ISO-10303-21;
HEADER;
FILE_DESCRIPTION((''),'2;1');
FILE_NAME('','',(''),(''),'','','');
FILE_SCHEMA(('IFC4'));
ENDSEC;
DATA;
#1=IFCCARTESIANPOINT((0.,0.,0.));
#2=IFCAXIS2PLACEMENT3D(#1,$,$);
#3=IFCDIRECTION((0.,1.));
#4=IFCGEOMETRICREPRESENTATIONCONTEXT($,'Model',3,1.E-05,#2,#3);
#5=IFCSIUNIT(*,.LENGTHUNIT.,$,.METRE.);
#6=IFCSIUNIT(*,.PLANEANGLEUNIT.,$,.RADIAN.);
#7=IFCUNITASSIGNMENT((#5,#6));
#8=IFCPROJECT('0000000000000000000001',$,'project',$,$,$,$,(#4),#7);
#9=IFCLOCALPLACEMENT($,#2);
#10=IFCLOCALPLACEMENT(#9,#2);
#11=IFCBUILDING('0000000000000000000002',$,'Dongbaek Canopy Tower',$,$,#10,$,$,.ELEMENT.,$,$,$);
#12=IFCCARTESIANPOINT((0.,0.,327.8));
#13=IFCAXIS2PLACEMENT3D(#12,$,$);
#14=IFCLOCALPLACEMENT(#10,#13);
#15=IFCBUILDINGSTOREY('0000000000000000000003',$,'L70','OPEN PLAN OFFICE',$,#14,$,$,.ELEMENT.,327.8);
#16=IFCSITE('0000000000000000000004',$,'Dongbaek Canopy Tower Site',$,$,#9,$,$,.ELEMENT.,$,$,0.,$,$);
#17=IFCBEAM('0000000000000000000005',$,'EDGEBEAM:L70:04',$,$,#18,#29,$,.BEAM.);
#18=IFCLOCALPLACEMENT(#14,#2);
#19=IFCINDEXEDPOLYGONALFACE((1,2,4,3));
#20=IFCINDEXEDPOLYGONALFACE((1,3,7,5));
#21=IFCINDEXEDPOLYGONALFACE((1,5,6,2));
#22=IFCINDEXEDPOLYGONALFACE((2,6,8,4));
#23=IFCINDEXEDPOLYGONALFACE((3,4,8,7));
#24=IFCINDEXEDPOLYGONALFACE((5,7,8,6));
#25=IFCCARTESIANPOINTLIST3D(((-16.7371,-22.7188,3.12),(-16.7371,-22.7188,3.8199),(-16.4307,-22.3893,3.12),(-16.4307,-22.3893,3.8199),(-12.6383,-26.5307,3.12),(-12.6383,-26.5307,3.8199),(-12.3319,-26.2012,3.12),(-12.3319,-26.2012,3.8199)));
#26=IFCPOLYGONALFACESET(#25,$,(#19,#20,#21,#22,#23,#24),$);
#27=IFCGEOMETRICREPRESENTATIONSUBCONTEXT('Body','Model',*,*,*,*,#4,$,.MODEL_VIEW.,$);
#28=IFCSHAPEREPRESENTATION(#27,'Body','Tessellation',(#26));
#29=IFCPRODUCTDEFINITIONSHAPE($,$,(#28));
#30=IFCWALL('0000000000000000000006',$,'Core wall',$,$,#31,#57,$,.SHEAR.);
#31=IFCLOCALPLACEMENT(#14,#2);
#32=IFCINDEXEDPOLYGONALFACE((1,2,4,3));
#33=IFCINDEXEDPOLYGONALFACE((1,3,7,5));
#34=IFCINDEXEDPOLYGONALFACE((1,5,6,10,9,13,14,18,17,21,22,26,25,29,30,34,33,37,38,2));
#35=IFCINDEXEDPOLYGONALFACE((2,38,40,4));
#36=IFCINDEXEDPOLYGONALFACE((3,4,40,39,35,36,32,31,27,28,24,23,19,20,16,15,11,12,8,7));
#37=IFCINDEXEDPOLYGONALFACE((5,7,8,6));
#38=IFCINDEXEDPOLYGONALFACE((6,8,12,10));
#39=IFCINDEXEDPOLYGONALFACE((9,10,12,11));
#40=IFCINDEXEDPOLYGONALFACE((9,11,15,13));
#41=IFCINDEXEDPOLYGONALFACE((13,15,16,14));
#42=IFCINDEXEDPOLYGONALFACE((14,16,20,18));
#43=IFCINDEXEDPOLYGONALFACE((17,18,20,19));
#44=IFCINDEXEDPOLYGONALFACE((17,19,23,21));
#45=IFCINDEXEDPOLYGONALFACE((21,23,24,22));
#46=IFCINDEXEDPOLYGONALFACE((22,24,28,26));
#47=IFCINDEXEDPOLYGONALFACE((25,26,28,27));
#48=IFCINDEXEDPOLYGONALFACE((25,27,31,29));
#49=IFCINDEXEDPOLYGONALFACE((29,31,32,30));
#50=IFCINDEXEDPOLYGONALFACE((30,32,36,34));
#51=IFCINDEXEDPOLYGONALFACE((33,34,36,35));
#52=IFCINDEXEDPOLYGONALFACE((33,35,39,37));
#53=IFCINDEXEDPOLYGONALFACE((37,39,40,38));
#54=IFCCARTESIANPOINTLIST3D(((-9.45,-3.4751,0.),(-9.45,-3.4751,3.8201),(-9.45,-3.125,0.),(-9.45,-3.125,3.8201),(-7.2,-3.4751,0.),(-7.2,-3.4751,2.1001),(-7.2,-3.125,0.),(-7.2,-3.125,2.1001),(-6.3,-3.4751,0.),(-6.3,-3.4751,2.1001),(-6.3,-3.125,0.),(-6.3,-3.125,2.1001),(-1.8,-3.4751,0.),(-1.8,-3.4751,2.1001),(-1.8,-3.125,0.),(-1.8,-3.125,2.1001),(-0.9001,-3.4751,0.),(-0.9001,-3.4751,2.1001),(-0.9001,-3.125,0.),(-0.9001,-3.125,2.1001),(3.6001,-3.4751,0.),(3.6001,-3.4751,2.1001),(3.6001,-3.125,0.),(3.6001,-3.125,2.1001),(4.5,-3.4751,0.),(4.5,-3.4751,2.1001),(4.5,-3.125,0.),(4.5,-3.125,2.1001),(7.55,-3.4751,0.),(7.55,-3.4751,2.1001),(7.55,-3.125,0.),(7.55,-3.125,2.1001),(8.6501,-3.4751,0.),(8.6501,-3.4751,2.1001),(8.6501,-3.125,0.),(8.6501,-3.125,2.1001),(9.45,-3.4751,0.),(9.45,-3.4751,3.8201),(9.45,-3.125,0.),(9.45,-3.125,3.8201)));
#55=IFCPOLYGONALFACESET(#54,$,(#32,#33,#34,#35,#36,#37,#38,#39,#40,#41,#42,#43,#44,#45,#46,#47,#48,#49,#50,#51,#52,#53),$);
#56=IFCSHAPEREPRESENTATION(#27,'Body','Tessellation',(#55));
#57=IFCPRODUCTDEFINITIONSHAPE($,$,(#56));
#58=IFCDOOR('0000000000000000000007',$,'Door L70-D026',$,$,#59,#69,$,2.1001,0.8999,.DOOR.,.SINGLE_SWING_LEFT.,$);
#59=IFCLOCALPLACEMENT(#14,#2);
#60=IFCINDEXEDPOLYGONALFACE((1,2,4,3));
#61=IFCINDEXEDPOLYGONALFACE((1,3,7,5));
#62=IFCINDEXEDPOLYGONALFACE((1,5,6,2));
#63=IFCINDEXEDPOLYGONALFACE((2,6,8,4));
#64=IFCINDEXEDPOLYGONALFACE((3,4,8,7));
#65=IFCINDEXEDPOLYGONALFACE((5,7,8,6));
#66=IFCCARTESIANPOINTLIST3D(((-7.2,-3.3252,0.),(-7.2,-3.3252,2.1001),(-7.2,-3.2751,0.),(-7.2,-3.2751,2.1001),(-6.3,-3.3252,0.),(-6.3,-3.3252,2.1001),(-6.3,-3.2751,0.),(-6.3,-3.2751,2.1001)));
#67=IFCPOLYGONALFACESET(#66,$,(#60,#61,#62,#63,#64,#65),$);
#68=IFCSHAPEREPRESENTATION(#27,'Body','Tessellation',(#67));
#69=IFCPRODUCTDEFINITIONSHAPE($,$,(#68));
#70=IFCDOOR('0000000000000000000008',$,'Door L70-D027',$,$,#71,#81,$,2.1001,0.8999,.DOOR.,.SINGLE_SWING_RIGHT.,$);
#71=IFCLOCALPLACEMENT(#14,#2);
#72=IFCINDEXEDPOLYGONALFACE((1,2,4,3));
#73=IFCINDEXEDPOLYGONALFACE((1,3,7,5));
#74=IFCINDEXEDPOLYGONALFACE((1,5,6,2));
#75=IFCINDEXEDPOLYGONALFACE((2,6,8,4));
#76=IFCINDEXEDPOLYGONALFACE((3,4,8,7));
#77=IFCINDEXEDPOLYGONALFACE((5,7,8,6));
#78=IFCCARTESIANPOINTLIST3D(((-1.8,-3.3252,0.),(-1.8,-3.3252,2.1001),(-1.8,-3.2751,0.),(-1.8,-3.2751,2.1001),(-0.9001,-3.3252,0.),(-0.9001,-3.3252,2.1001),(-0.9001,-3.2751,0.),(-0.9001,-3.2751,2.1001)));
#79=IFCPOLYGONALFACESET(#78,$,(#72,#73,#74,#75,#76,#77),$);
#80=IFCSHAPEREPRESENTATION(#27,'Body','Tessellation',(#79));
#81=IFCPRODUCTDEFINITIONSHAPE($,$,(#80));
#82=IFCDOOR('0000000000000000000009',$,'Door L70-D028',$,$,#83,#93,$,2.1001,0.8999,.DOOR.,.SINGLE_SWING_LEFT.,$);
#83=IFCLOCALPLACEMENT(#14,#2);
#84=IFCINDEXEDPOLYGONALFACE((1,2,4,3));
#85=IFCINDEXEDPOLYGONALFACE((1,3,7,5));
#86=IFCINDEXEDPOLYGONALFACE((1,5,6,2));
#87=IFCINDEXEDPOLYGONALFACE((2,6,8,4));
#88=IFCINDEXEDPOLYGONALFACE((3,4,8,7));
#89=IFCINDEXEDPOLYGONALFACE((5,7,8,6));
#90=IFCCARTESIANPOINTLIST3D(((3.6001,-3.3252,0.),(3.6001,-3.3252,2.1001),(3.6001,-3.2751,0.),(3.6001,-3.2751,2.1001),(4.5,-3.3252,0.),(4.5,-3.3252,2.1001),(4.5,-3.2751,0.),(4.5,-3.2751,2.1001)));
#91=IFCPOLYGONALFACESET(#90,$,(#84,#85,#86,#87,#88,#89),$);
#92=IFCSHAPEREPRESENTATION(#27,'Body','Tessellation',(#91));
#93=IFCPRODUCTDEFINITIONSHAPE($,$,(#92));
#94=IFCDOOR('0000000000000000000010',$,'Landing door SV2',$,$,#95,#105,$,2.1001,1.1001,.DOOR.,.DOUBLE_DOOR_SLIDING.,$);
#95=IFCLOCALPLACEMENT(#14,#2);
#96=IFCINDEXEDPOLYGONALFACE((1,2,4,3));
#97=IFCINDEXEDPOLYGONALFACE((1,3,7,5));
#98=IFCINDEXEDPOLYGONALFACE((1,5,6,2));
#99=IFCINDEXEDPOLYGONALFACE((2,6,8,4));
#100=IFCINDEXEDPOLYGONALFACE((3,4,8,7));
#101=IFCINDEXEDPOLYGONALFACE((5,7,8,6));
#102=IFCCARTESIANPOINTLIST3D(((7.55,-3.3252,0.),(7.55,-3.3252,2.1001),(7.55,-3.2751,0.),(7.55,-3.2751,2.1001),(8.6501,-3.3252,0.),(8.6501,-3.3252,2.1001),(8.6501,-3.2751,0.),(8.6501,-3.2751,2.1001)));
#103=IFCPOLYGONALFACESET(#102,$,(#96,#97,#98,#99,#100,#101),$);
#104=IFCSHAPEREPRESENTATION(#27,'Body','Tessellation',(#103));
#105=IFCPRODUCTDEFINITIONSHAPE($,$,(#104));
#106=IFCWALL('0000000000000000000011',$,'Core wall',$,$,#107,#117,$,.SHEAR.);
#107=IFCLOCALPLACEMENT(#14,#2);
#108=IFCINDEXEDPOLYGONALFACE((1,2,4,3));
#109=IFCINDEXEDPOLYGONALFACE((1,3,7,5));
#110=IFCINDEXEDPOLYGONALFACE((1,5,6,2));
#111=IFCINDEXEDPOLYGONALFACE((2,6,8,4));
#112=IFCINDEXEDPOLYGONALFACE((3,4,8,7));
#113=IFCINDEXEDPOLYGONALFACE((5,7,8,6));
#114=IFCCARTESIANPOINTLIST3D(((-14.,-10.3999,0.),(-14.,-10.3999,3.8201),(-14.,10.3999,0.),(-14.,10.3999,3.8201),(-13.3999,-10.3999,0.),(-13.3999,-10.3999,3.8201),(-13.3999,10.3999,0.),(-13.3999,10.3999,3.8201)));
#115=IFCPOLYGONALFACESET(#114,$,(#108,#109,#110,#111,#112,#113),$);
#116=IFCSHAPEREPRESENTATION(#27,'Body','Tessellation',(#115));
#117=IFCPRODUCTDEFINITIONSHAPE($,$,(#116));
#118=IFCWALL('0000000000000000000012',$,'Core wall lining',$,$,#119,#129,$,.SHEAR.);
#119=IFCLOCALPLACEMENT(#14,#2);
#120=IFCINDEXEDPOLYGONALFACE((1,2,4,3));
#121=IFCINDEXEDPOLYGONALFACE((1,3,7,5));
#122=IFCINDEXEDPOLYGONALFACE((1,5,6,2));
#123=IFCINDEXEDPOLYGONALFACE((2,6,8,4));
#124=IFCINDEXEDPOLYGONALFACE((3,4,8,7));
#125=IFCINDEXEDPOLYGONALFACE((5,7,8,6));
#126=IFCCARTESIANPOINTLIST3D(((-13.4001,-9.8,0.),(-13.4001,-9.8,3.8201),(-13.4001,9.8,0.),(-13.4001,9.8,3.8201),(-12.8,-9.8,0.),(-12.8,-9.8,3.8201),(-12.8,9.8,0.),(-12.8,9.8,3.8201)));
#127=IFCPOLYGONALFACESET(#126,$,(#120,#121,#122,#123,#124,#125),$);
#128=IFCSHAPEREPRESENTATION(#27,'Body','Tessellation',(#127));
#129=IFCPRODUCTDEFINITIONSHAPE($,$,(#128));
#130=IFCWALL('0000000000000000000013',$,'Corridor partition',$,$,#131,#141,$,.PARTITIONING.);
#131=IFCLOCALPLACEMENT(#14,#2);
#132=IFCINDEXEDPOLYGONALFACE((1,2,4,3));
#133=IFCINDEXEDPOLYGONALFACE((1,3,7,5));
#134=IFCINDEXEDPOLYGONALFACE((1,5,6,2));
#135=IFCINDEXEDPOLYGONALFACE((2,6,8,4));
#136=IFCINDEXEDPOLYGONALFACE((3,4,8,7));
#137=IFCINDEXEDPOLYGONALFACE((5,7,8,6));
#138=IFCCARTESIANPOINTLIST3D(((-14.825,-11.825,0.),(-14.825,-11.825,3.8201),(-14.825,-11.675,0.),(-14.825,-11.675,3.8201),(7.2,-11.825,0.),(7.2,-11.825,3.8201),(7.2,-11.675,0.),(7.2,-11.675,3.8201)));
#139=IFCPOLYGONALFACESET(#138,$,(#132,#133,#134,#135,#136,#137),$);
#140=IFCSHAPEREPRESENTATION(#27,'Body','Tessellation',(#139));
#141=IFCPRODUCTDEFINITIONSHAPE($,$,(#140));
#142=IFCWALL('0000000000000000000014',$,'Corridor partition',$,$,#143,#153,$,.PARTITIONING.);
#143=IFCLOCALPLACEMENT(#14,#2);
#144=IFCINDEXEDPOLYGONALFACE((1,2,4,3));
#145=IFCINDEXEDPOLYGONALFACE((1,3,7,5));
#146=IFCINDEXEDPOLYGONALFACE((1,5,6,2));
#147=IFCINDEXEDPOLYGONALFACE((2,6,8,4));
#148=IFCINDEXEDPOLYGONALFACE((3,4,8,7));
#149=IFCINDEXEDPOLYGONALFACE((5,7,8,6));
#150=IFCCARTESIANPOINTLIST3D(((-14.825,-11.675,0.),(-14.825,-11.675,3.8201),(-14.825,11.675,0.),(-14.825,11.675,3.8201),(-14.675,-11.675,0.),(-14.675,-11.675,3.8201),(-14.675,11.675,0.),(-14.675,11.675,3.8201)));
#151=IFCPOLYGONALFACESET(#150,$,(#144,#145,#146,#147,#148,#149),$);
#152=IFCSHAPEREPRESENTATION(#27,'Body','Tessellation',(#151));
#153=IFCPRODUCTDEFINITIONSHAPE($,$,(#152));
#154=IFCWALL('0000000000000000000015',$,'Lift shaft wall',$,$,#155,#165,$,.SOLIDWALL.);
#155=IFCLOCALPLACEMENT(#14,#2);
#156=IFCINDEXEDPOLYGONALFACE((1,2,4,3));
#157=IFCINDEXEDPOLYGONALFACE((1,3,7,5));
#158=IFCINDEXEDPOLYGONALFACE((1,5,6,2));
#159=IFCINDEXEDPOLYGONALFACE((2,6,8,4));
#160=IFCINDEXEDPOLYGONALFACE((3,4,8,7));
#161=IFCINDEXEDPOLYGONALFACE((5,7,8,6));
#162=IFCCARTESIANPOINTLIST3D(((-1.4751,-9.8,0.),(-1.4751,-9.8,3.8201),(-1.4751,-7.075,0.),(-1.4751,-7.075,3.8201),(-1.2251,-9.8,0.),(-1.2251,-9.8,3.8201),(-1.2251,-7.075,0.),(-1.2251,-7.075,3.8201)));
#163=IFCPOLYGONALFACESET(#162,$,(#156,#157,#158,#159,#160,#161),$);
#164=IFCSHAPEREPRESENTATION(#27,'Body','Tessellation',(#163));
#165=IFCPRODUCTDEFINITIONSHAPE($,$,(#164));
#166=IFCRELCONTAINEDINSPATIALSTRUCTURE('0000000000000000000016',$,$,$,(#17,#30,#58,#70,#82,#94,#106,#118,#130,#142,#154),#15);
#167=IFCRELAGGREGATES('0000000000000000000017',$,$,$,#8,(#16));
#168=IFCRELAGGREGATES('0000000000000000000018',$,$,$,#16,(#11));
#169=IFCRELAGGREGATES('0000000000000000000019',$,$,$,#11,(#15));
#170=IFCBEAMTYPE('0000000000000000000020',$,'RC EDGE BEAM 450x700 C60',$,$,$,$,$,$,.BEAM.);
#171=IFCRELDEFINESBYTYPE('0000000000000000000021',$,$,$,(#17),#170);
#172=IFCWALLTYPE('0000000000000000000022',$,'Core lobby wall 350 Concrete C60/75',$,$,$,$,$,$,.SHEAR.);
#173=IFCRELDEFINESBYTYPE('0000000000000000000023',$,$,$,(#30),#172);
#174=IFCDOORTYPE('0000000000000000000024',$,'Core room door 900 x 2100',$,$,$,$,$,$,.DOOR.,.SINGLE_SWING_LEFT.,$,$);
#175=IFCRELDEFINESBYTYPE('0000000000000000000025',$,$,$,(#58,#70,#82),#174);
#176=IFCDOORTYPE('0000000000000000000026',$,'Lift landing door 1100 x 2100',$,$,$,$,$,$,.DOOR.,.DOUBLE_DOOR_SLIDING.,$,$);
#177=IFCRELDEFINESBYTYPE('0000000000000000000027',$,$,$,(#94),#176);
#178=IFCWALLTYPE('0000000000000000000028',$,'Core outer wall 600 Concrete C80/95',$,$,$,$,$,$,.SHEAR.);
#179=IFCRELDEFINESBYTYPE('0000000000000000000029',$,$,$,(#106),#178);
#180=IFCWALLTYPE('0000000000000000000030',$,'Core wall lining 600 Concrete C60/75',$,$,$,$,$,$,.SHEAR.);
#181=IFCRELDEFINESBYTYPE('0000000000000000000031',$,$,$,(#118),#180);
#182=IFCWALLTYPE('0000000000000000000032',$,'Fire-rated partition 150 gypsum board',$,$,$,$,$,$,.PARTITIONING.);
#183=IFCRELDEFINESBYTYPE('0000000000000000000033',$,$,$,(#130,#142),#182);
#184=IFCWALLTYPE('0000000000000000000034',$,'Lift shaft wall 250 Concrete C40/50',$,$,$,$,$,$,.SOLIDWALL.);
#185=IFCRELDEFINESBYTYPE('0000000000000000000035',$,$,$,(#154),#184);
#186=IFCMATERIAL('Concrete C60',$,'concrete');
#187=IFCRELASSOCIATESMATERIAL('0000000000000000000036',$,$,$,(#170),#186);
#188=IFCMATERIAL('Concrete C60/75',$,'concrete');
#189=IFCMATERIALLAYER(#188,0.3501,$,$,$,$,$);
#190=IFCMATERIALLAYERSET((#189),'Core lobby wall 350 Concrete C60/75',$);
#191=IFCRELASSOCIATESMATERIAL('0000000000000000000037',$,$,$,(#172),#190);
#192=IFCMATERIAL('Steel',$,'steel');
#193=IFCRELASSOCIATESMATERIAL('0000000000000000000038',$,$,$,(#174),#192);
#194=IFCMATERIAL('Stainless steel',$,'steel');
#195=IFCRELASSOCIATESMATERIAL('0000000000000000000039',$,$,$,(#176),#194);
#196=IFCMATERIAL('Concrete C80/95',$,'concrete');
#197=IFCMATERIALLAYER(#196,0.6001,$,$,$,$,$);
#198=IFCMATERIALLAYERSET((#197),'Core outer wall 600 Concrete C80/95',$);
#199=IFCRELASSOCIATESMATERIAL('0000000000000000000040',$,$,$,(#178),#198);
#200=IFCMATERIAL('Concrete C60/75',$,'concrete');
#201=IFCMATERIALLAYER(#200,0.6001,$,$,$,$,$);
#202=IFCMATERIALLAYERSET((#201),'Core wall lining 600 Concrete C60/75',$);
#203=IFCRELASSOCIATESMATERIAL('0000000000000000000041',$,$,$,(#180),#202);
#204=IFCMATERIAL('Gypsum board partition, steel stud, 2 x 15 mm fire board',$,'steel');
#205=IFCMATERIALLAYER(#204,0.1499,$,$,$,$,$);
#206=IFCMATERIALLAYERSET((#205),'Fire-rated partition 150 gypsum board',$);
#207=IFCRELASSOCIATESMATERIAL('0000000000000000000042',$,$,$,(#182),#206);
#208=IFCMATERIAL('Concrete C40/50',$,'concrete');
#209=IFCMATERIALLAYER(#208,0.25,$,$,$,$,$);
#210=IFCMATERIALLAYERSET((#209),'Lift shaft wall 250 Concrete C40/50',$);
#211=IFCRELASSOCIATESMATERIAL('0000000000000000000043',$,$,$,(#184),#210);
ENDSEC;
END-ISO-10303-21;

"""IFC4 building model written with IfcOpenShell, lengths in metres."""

from ifc_helpers import new_model, si_unit, direction, frame, frame_2d, origin, origin_2d, place, context, subcontext, project, spatial, rectangle, extrude, material, layer, layer_set, material_profile, profile_set, type_object, element, fill, save


model = new_model("IFC4")

# Units and contexts
model_context = context("Model", 3, precision=1e-05, world=origin(), true_north=direction((0.0, 1.0)))
body_context = subcontext(model_context, "Body", "Model", "MODEL_VIEW")
ifc_project = project(units=[si_unit("LENGTHUNIT", "METRE"), si_unit("PLANEANGLEUNIT", "RADIAN")], contexts=[model_context])

# Site, building, storey
site_placement = place(None, origin())
site = spatial("IfcSite", under=ifc_project, at=site_placement, Name="Dongbaek Canopy Tower Site", CompositionType="ELEMENT", RefElevation=0.0)
building_placement = place(site_placement, origin())
building = spatial("IfcBuilding", under=site, at=building_placement, Name="Dongbaek Canopy Tower", CompositionType="ELEMENT")
storey_placement = place(building_placement, frame((0.0, 0.0, 327.8)))
storey = spatial("IfcBuildingStorey", under=building, at=storey_placement, Name="L70", Description="OPEN PLAN OFFICE", CompositionType="ELEMENT", Elevation=327.8)

# Beam
ifc_material_1 = material(Name="Concrete C60", Category="concrete")
ifc_material_profile = material_profile(ifc_material_1, rectangle(XDim=0.45, YDim=0.7, at=origin_2d()), Name="RC EDGE BEAM 450x700 C60")
ifc_profile_set = profile_set([ifc_material_profile], Name="Concrete C60")
beam_type = type_object("IfcBeamType", Name="RC EDGE BEAM 450x700 C60", PredefinedType="BEAM", material=ifc_profile_set)
beam_placement = place(storey_placement, frame((-12.4851, -26.366, 3.47), z_axis=(-0.732267, 0.681018, 0.0), x_axis=(-0.681018, -0.732267, 0.0)))
element("IfcBeam", 1, at=beam_placement, inside=storey, type_object=beam_type, Name="EDGEBEAM:L70:04", PredefinedType="BEAM", context=body_context, shape_type="SweptSolid", body=[
    extrude(rectangle(XDim=0.45, YDim=0.7, at=origin_2d()), origin(), (0.0, 0.0, 1.0), 5.5974),
])

# Wall, openings, doors
ifc_material_2 = material(Name="Concrete C60/75", Category="concrete")
ifc_layer_1 = layer(ifc_material_2, 0.3501)
ifc_layer_set_1 = layer_set([ifc_layer_1], Name="Core lobby wall 350 Concrete C60/75")
wall_type_1 = type_object("IfcWallType", Name="Core lobby wall 350 Concrete C60/75", PredefinedType="SHEAR", material=ifc_layer_set_1)
wall_1_placement = place(storey_placement, frame((-9.45, -3.3, 0.0), z_axis=(0.0, 0.0, 1.0), x_axis=(1.0, 0.0, 0.0)))
wall_1 = element("IfcWall", 2, at=wall_1_placement, inside=storey, type_object=wall_type_1, Name="Core wall", PredefinedType="SHEAR", context=body_context, shape_type="SweptSolid", body=[
    extrude(rectangle(XDim=18.8999, YDim=0.3501, at=frame_2d((9.45, 0.0))), origin(), (0.0, 0.0, 1.0), 3.8201),
])
opening_1_placement = place(wall_1_placement, frame((17.0, 0.0, 0.0)))
opening_1 = element("IfcOpeningElement", 3, at=opening_1_placement, cuts=wall_1, PredefinedType="OPENING", context=body_context, shape_type="SweptSolid", body=[
    extrude(rectangle(XDim=1.1001, YDim=2.1001, at=frame_2d((0.55, 1.05))), frame((0.0, 0.1851, 0.0), z_axis=(0.0, -1.0, 0.0), x_axis=(1.0, 0.0, 0.0)), (0.0, 0.0, 1.0), 0.3701),
])
opening_2_placement = place(wall_1_placement, frame((2.25, 0.0, 0.0)))
opening_2 = element("IfcOpeningElement", 4, at=opening_2_placement, cuts=wall_1, PredefinedType="OPENING", context=body_context, shape_type="SweptSolid", body=[
    extrude(rectangle(XDim=0.8999, YDim=2.1001, at=frame_2d((0.45, 1.05))), frame((0.0, 0.1851, 0.0), z_axis=(0.0, -1.0, 0.0), x_axis=(1.0, 0.0, 0.0)), (0.0, 0.0, 1.0), 0.3701),
])
opening_3_placement = place(wall_1_placement, frame((7.6499, 0.0, 0.0)))
opening_3 = element("IfcOpeningElement", 5, at=opening_3_placement, cuts=wall_1, PredefinedType="OPENING", context=body_context, shape_type="SweptSolid", body=[
    extrude(rectangle(XDim=0.8999, YDim=2.1001, at=frame_2d((0.45, 1.05))), frame((0.0, 0.1851, 0.0), z_axis=(0.0, -1.0, 0.0), x_axis=(1.0, 0.0, 0.0)), (0.0, 0.0, 1.0), 0.3701),
])
opening_4_placement = place(wall_1_placement, frame((13.05, 0.0, 0.0)))
opening_4 = element("IfcOpeningElement", 6, at=opening_4_placement, cuts=wall_1, PredefinedType="OPENING", context=body_context, shape_type="SweptSolid", body=[
    extrude(rectangle(XDim=0.8999, YDim=2.1001, at=frame_2d((0.45, 1.05))), frame((0.0, 0.1851, 0.0), z_axis=(0.0, -1.0, 0.0), x_axis=(1.0, 0.0, 0.0)), (0.0, 0.0, 1.0), 0.3701),
])
ifc_material_3 = material(Name="Steel", Category="steel")
door_type_1 = type_object("IfcDoorType", Name="Core room door 900 x 2100", OperationType="SINGLE_SWING_LEFT", PredefinedType="DOOR", material=ifc_material_3)
door_1_placement = place(opening_2_placement, origin())
door_1 = element("IfcDoor", 7, at=door_1_placement, inside=storey, type_object=door_type_1, Name="Door L70-D026", OperationType="SINGLE_SWING_LEFT", OverallHeight=2.1001, OverallWidth=0.8999, PredefinedType="DOOR", context=body_context, shape_type="SweptSolid", body=[
    extrude(rectangle(XDim=0.8999, YDim=2.1001, at=frame_2d((0.45, 1.05))), frame((0.0, 0.0249, 0.0), z_axis=(0.0, -1.0, 0.0), x_axis=(1.0, 0.0, 0.0)), (0.0, 0.0, 1.0), 0.05),
])
fill(opening_2, door_1)
door_2_placement = place(opening_3_placement, origin())
door_2 = element("IfcDoor", 8, at=door_2_placement, inside=storey, type_object=door_type_1, Name="Door L70-D027", OperationType="SINGLE_SWING_RIGHT", OverallHeight=2.1001, OverallWidth=0.8999, PredefinedType="DOOR", context=body_context, shape_type="SweptSolid", body=[
    extrude(rectangle(XDim=0.8999, YDim=2.1001, at=frame_2d((0.45, 1.05))), frame((0.0, 0.0249, 0.0), z_axis=(0.0, -1.0, 0.0), x_axis=(1.0, 0.0, 0.0)), (0.0, 0.0, 1.0), 0.05),
])
fill(opening_3, door_2)
door_3_placement = place(opening_4_placement, origin())
door_3 = element("IfcDoor", 9, at=door_3_placement, inside=storey, type_object=door_type_1, Name="Door L70-D028", OperationType="SINGLE_SWING_LEFT", OverallHeight=2.1001, OverallWidth=0.8999, PredefinedType="DOOR", context=body_context, shape_type="SweptSolid", body=[
    extrude(rectangle(XDim=0.8999, YDim=2.1001, at=frame_2d((0.45, 1.05))), frame((0.0, 0.0249, 0.0), z_axis=(0.0, -1.0, 0.0), x_axis=(1.0, 0.0, 0.0)), (0.0, 0.0, 1.0), 0.05),
])
fill(opening_4, door_3)
ifc_material_4 = material(Name="Stainless steel", Category="steel")
door_type_2 = type_object("IfcDoorType", Name="Lift landing door 1100 x 2100", OperationType="DOUBLE_DOOR_SLIDING", PredefinedType="DOOR", material=ifc_material_4)
door_4_placement = place(opening_1_placement, origin())
door_4 = element("IfcDoor", 10, at=door_4_placement, inside=storey, type_object=door_type_2, Name="Landing door SV2", OperationType="DOUBLE_DOOR_SLIDING", OverallHeight=2.1001, OverallWidth=1.1001, PredefinedType="DOOR", context=body_context, shape_type="SweptSolid", body=[
    extrude(rectangle(XDim=1.1001, YDim=2.1001, at=frame_2d((0.55, 1.05))), frame((0.0, 0.0249, 0.0), z_axis=(0.0, -1.0, 0.0), x_axis=(1.0, 0.0, 0.0)), (0.0, 0.0, 1.0), 0.05),
])
fill(opening_1, door_4)

# Walls
ifc_material_5 = material(Name="Concrete C80/95", Category="concrete")
ifc_layer_2 = layer(ifc_material_5, 0.6001)
ifc_layer_set_2 = layer_set([ifc_layer_2], Name="Core outer wall 600 Concrete C80/95")
wall_type_2 = type_object("IfcWallType", Name="Core outer wall 600 Concrete C80/95", PredefinedType="SHEAR", material=ifc_layer_set_2)
wall_2_placement = place(storey_placement, frame((-13.7, -10.3999, 0.0), z_axis=(0.0, 0.0, 1.0), x_axis=(0.0, 1.0, 0.0)))
element("IfcWall", 11, at=wall_2_placement, inside=storey, type_object=wall_type_2, Name="Core wall", PredefinedType="SHEAR", context=body_context, shape_type="SweptSolid", body=[
    extrude(rectangle(XDim=20.7998, YDim=0.6001, at=frame_2d((10.3999, 0.0))), origin(), (0.0, 0.0, 1.0), 3.8201),
])
ifc_material_6 = material(Name="Concrete C60/75", Category="concrete")
ifc_layer_3 = layer(ifc_material_6, 0.6001)
ifc_layer_set_3 = layer_set([ifc_layer_3], Name="Core wall lining 600 Concrete C60/75")
wall_type_3 = type_object("IfcWallType", Name="Core wall lining 600 Concrete C60/75", PredefinedType="SHEAR", material=ifc_layer_set_3)
wall_3_placement = place(storey_placement, frame((-13.1001, -9.8, 0.0), z_axis=(0.0, 0.0, 1.0), x_axis=(0.0, 1.0, 0.0)))
element("IfcWall", 12, at=wall_3_placement, inside=storey, type_object=wall_type_3, Name="Core wall lining", PredefinedType="SHEAR", context=body_context, shape_type="SweptSolid", body=[
    extrude(rectangle(XDim=19.6001, YDim=0.6001, at=frame_2d((9.8, 0.0))), origin(), (0.0, 0.0, 1.0), 3.8201),
])
ifc_material_7 = material(Name="Gypsum board partition, steel stud, 2 x 15 mm fire board", Category="steel")
ifc_layer_4 = layer(ifc_material_7, 0.1499)
ifc_layer_set_4 = layer_set([ifc_layer_4], Name="Fire-rated partition 150 gypsum board")
wall_type_4 = type_object("IfcWallType", Name="Fire-rated partition 150 gypsum board", PredefinedType="PARTITIONING", material=ifc_layer_set_4)
wall_4_placement = place(storey_placement, frame((-14.825, -11.75, 0.0), z_axis=(0.0, 0.0, 1.0), x_axis=(1.0, 0.0, 0.0)))
element("IfcWall", 13, at=wall_4_placement, inside=storey, type_object=wall_type_4, Name="Corridor partition", PredefinedType="PARTITIONING", context=body_context, shape_type="SweptSolid", body=[
    extrude(rectangle(XDim=22.0249, YDim=0.1499, at=frame_2d((11.0125, 0.0))), origin(), (0.0, 0.0, 1.0), 3.8201),
])
wall_5_placement = place(storey_placement, frame((-14.75, -11.675, 0.0), z_axis=(0.0, 0.0, 1.0), x_axis=(0.0, 1.0, 0.0)))
element("IfcWall", 14, at=wall_5_placement, inside=storey, type_object=wall_type_4, Name="Corridor partition", PredefinedType="PARTITIONING", context=body_context, shape_type="SweptSolid", body=[
    extrude(rectangle(XDim=23.3501, YDim=0.1499, at=frame_2d((11.675, 0.0))), origin(), (0.0, 0.0, 1.0), 3.8201),
])
ifc_material_8 = material(Name="Concrete C40/50", Category="concrete")
ifc_layer_5 = layer(ifc_material_8, 0.25)
ifc_layer_set_5 = layer_set([ifc_layer_5], Name="Lift shaft wall 250 Concrete C40/50")
wall_type_5 = type_object("IfcWallType", Name="Lift shaft wall 250 Concrete C40/50", PredefinedType="SOLIDWALL", material=ifc_layer_set_5)
for number, where, z_axis, x_axis, name in (
    (15, (-1.3501, -9.8, 0.0), (0.0, 0.0, 1.0), (0.0, 1.0, 0.0), "Lift shaft wall"),
):
    element("IfcWall", number, at=place(storey_placement, frame(where, z_axis=z_axis, x_axis=x_axis)), inside=storey, type_object=wall_type_5, Name=name, PredefinedType="SOLIDWALL", context=body_context, shape_type="SweptSolid", body=[
        extrude(rectangle(XDim=2.7251, YDim=0.25, at=frame_2d((1.3625, 0.0))), origin(), (0.0, 0.0, 1.0), 3.8201),
    ])

save(model, "model.ifc")
